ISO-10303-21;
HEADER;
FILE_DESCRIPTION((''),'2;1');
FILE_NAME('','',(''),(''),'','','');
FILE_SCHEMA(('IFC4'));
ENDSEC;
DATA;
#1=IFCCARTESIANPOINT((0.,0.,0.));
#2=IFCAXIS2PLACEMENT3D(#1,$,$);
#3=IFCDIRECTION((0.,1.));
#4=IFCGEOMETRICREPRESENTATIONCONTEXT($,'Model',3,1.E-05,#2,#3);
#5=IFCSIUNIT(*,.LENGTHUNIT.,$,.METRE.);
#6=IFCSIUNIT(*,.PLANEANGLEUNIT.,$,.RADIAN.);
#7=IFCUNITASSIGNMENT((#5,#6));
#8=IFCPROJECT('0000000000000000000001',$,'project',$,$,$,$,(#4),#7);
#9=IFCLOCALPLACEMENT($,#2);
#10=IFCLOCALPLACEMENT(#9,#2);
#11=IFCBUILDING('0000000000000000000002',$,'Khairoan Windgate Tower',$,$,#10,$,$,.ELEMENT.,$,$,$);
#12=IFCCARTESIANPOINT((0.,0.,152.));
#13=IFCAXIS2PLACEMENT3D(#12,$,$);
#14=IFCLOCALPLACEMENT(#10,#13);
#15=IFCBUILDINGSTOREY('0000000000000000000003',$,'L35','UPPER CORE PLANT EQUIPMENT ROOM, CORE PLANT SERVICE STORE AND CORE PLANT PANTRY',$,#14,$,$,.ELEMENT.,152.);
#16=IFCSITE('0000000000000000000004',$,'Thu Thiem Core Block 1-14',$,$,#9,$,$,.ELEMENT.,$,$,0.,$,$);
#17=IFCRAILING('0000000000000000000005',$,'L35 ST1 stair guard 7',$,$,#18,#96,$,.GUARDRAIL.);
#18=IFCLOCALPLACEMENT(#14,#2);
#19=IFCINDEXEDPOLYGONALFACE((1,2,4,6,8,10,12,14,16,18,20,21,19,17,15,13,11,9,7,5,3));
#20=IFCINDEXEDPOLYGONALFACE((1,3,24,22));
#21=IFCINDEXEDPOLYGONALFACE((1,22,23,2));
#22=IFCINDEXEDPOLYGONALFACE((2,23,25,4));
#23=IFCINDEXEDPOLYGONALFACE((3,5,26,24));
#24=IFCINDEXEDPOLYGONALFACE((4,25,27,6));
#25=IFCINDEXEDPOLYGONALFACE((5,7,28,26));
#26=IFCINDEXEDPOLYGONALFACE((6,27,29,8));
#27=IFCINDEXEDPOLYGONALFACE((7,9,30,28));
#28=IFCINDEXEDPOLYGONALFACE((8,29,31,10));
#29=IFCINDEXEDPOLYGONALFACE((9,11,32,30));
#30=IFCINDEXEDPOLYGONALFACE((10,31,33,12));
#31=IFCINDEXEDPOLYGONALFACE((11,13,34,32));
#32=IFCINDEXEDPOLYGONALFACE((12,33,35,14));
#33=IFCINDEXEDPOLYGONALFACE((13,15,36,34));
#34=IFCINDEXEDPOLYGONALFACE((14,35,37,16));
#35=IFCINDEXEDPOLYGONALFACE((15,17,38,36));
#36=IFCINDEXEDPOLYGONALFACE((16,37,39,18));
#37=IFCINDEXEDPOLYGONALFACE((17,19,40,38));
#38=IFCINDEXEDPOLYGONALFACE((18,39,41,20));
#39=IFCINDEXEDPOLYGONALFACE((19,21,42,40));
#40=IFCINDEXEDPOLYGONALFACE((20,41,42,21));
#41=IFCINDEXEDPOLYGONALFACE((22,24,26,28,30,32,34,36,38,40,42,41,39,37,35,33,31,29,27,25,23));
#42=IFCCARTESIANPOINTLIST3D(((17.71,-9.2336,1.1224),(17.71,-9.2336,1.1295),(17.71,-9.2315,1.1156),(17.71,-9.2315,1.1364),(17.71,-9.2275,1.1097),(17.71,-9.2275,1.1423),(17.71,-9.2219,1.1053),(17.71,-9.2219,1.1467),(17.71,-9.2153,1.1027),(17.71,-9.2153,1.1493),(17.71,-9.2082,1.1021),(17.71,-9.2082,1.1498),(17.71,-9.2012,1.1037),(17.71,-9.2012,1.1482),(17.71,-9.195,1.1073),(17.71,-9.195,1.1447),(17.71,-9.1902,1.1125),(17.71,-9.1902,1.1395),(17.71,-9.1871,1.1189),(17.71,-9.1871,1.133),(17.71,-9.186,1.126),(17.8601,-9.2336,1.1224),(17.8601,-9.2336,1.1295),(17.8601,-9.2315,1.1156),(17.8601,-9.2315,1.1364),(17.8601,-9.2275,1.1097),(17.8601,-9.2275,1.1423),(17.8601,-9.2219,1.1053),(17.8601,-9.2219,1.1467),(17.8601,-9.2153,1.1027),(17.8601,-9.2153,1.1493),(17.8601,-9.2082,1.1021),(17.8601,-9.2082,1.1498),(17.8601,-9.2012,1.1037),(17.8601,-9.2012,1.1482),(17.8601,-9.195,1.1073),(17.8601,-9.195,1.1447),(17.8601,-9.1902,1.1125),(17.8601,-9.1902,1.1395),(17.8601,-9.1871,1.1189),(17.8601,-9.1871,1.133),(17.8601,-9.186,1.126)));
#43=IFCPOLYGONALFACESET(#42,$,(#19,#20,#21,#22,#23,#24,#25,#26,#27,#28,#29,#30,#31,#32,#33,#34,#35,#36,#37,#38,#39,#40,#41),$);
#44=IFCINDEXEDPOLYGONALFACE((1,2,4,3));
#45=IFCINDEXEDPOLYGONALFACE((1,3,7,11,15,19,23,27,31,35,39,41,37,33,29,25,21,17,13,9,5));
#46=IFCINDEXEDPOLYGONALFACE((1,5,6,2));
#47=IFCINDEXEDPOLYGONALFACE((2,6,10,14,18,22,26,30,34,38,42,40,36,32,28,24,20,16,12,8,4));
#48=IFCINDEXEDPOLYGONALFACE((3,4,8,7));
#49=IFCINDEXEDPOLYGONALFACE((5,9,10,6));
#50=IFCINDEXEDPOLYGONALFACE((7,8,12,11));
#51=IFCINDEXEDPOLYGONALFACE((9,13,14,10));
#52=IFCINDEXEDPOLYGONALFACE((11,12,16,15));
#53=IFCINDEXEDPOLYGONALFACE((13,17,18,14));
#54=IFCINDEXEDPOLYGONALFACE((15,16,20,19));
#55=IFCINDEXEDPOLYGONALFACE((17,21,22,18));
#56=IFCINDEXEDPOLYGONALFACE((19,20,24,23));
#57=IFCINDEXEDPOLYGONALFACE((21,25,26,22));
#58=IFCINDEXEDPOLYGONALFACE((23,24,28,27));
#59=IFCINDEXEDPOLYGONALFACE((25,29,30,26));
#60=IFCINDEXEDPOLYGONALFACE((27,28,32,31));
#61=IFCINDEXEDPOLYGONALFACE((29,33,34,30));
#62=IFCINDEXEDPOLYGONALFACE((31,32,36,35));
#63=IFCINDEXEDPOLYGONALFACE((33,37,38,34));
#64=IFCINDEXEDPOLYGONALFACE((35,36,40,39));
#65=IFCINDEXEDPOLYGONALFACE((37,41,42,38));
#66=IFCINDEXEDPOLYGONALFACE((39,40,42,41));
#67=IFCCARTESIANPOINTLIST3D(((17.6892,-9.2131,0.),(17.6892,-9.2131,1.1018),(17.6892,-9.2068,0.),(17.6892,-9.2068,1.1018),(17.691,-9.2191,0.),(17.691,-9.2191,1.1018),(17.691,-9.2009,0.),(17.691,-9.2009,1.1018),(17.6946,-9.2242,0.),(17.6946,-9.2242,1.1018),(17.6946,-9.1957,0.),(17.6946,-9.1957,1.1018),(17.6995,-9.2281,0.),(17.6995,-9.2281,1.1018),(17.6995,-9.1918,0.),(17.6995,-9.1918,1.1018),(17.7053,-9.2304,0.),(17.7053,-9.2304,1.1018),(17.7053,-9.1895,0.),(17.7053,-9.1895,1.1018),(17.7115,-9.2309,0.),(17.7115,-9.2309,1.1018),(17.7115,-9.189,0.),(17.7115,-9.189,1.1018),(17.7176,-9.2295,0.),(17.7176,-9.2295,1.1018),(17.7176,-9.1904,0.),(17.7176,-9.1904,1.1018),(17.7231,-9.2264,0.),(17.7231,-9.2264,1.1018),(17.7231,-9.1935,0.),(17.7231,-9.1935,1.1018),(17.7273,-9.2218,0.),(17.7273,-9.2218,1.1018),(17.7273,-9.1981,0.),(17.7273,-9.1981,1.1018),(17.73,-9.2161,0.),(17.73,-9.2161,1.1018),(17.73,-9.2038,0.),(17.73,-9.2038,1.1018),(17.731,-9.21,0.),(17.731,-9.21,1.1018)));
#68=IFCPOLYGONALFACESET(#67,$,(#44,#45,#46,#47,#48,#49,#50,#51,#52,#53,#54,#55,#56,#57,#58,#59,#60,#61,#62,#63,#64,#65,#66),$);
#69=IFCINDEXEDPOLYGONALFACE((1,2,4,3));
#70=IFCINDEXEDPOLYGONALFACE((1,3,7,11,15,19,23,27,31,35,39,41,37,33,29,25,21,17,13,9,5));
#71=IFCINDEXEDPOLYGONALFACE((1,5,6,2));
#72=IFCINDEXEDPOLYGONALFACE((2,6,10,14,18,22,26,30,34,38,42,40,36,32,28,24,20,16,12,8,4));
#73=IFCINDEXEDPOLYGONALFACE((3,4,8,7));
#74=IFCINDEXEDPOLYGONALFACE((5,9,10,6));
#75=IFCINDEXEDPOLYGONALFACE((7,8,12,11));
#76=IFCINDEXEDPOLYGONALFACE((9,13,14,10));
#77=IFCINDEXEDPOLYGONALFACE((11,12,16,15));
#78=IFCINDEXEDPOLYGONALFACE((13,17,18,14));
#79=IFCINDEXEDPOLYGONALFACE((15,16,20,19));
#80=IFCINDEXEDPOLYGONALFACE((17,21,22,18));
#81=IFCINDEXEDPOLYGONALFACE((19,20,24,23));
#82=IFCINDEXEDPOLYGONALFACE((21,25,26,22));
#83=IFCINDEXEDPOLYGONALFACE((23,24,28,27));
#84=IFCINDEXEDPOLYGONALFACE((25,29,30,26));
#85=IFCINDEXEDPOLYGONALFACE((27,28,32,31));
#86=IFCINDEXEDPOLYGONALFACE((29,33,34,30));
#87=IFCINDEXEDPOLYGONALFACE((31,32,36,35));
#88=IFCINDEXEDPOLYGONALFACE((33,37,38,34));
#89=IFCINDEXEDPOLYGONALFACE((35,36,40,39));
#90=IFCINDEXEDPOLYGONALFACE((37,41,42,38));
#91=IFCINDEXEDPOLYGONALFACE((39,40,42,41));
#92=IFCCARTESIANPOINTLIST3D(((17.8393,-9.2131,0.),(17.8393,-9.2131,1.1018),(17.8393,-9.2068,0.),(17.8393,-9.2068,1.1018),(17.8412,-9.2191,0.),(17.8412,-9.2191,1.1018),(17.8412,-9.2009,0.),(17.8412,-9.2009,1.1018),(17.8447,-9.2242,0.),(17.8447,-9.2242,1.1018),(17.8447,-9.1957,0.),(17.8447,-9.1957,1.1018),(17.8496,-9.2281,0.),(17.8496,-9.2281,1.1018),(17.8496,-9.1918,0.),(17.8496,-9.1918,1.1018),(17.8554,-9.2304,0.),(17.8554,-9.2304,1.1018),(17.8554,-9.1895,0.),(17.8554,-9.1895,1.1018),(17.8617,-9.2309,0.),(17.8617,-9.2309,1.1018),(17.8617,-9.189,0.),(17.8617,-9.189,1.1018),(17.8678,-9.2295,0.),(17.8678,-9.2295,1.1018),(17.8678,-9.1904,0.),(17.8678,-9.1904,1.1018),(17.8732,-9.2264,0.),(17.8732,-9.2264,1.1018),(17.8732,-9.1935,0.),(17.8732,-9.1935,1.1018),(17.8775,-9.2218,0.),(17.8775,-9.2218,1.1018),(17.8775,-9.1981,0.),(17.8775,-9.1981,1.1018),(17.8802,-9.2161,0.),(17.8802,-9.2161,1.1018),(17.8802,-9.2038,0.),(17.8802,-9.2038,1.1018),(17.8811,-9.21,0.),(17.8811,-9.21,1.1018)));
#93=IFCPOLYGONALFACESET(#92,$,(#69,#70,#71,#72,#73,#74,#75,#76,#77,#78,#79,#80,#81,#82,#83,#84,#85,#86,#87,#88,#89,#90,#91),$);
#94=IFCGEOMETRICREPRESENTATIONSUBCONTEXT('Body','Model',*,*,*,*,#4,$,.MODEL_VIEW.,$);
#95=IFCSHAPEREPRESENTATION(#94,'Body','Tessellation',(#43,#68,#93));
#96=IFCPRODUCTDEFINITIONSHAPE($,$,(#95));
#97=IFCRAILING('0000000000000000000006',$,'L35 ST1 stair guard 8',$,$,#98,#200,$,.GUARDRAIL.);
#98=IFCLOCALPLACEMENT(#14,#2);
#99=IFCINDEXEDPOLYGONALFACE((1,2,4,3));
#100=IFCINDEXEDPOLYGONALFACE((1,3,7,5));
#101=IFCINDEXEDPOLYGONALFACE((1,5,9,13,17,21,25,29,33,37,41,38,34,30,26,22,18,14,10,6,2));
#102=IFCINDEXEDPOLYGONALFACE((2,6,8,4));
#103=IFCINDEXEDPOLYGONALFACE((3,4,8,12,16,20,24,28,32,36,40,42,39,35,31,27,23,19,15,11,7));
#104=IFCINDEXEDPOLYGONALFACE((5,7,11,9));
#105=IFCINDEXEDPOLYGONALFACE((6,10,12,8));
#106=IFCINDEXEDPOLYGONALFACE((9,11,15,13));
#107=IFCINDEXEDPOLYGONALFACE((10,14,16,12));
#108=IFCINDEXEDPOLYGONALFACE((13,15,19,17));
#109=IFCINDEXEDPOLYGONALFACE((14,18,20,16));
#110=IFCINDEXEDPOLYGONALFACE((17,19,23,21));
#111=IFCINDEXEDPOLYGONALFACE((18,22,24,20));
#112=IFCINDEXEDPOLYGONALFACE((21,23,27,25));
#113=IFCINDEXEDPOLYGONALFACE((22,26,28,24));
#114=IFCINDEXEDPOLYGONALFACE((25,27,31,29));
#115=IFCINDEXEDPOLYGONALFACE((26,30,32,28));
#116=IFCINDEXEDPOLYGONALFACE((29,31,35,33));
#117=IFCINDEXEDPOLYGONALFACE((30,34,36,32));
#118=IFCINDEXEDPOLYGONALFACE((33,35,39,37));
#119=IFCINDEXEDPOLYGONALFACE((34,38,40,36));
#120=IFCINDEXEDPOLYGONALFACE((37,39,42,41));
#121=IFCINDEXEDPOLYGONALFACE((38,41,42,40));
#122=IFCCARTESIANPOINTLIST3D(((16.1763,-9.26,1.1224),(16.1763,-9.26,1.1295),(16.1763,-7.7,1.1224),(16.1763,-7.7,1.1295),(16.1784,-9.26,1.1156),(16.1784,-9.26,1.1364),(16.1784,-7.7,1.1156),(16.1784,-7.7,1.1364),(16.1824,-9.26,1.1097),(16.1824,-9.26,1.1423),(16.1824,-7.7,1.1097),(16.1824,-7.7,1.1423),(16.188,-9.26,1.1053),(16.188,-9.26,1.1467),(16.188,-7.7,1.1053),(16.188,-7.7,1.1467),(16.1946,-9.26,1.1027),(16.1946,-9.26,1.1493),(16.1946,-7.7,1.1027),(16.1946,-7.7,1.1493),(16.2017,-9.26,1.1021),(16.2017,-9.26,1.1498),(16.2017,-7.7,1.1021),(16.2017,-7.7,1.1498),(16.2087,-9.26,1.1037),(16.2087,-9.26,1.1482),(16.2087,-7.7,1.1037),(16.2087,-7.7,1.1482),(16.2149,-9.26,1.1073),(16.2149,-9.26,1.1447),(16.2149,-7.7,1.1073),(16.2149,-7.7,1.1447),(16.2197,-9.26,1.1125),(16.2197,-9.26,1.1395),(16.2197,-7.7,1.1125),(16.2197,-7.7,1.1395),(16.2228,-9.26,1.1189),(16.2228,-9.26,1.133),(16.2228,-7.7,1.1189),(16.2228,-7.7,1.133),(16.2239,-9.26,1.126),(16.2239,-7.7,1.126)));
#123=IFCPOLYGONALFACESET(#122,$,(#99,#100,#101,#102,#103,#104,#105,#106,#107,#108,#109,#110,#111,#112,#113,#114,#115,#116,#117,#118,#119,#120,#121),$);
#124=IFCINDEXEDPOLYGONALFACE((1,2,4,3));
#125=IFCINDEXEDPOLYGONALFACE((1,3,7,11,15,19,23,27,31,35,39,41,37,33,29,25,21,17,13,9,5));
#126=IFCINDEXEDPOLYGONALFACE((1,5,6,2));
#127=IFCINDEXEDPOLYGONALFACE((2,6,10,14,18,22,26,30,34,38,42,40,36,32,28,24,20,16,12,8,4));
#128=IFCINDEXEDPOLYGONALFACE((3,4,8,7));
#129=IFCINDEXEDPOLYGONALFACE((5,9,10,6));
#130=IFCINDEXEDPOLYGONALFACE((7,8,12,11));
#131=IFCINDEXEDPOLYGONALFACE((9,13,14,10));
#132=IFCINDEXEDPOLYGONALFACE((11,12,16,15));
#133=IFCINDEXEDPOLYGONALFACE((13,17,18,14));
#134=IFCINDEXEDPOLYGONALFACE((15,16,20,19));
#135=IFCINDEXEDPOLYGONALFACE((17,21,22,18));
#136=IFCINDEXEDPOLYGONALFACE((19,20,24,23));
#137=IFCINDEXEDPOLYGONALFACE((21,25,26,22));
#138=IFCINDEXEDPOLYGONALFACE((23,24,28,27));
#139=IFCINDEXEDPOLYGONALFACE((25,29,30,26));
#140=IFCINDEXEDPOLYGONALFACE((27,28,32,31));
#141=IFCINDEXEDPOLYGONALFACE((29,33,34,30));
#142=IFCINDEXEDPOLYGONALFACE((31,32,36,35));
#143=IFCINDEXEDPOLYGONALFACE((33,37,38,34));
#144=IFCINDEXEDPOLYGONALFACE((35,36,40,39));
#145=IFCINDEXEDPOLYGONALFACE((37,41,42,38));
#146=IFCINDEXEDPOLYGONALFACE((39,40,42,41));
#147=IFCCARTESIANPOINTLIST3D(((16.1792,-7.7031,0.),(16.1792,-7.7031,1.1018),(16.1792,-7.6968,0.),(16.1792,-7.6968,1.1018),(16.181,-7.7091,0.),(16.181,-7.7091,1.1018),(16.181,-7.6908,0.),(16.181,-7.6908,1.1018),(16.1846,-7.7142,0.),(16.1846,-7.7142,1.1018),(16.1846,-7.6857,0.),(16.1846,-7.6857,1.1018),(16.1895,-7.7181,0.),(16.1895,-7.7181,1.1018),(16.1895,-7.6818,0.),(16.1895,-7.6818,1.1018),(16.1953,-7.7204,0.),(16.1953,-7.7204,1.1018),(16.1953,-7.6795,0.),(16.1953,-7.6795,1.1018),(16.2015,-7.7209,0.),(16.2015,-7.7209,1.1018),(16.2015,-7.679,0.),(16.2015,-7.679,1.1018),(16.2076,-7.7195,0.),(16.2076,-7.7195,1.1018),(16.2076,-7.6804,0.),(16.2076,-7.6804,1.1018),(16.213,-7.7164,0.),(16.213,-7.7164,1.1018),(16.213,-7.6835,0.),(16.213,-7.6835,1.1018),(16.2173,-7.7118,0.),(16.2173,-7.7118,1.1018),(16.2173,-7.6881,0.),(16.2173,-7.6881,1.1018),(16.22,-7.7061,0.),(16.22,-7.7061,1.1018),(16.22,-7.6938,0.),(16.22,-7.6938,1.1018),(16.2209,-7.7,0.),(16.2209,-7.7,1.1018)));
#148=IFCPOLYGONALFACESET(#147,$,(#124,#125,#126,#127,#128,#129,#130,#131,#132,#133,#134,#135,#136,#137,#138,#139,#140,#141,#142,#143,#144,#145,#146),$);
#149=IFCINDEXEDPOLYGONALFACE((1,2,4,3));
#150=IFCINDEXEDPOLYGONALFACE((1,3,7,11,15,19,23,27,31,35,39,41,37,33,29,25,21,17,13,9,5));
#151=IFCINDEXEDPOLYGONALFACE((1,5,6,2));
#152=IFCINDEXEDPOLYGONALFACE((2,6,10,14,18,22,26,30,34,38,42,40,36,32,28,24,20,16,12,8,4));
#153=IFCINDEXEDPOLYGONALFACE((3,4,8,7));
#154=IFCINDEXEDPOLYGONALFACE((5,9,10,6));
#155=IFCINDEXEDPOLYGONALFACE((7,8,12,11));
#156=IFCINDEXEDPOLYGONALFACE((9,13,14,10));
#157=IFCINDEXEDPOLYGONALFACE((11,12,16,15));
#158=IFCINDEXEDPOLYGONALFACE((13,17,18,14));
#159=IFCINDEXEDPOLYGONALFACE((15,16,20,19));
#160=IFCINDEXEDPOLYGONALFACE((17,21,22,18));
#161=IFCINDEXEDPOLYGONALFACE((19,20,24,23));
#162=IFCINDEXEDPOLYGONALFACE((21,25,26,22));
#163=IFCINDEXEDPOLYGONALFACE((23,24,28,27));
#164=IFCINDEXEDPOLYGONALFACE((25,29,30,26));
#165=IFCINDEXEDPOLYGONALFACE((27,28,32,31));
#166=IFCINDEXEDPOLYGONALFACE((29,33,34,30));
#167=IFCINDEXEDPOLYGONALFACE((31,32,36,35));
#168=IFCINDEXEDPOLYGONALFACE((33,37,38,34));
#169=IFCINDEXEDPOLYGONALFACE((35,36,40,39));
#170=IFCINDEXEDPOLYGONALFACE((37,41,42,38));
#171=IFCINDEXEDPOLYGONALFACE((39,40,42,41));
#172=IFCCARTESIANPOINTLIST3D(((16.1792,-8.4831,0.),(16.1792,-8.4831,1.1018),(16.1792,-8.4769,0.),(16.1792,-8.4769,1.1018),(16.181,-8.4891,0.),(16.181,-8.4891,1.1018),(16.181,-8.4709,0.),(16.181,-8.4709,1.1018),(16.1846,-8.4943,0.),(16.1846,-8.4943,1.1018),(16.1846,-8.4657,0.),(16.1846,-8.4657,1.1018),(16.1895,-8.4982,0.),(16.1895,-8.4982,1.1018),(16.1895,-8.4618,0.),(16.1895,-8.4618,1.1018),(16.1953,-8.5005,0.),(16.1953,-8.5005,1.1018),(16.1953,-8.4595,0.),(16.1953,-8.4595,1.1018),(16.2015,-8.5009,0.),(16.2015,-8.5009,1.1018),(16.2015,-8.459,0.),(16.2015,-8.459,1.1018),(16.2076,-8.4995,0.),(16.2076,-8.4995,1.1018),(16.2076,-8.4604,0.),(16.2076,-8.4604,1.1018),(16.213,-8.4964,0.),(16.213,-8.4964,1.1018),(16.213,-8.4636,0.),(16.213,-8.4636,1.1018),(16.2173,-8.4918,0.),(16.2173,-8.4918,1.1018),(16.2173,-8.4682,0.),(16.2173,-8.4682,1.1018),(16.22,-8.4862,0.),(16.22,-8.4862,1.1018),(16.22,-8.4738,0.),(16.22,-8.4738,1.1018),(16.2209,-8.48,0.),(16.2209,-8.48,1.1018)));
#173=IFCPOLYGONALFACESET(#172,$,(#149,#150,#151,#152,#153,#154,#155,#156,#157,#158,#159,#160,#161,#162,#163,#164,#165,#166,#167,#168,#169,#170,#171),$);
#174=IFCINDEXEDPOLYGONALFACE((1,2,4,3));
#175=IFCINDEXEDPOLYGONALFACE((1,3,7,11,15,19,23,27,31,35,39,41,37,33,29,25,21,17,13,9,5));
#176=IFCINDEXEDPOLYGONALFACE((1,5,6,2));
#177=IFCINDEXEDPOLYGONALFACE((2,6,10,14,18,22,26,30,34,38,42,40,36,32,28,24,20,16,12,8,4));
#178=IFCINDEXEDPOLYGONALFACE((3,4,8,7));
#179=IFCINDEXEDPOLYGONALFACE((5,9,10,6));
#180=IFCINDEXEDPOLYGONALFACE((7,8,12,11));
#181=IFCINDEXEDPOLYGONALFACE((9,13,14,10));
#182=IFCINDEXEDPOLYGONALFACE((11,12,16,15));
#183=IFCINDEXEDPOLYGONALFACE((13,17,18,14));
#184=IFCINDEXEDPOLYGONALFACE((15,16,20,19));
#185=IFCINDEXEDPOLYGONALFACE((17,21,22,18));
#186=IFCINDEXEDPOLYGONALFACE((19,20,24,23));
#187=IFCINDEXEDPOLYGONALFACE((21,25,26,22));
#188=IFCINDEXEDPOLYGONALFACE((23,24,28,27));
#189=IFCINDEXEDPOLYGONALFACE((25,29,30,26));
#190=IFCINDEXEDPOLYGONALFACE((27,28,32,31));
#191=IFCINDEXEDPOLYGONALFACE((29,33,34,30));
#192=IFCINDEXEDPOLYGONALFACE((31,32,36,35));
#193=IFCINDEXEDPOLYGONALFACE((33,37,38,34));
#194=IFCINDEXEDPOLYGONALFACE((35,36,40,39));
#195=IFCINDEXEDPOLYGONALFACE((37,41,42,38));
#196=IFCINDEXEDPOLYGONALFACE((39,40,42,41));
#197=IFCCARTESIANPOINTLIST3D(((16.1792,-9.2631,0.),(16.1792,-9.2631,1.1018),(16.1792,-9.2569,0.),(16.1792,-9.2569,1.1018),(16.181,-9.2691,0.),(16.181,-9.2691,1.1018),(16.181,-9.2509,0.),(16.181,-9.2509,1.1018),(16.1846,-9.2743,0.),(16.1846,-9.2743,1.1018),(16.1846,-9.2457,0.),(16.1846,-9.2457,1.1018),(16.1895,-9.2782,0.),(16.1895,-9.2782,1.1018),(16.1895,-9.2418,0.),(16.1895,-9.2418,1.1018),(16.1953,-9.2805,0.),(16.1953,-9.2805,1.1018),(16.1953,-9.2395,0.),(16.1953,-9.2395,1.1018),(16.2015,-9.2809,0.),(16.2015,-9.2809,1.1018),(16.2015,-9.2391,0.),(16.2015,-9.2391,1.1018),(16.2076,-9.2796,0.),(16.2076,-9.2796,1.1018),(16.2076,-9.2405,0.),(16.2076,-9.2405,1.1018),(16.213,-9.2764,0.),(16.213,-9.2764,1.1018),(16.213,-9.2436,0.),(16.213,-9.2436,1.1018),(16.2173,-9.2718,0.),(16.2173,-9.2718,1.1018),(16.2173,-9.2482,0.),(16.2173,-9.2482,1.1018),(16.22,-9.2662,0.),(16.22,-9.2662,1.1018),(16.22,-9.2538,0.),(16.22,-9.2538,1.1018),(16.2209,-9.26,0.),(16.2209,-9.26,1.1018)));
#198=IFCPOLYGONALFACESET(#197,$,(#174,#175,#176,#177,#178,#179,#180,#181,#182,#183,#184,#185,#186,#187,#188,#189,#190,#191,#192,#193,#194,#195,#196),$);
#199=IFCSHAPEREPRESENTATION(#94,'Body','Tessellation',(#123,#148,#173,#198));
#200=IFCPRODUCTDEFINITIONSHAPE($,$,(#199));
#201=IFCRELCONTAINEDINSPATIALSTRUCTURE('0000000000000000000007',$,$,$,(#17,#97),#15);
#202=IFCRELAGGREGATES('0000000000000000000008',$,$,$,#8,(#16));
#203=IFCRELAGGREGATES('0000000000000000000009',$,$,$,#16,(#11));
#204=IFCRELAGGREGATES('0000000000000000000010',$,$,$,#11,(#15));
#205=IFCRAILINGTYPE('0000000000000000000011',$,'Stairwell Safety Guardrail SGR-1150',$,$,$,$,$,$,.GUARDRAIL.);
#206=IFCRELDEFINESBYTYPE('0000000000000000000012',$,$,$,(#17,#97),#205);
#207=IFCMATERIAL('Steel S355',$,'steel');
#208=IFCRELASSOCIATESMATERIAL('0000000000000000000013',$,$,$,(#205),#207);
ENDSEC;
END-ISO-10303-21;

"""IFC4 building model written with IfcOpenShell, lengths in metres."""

from ifc_helpers import new_model, si_unit, direction, frame, origin, origin_2d, place, context, subcontext, project, spatial, circle, extrude, material, type_object, element, save


model = new_model("IFC4")

# Units and contexts
model_context = context("Model", 3, precision=1e-05, world=origin(), true_north=direction((0.0, 1.0)))
body_context = subcontext(model_context, "Body", "Model", "MODEL_VIEW")
ifc_project = project(units=[si_unit("LENGTHUNIT", "METRE"), si_unit("PLANEANGLEUNIT", "RADIAN")], contexts=[model_context])

# Site, building, storey
site_placement = place(None, origin())
site = spatial("IfcSite", under=ifc_project, at=site_placement, Name="Thu Thiem Core Block 1-14", CompositionType="ELEMENT", RefElevation=0.0)
building_placement = place(site_placement, origin())
building = spatial("IfcBuilding", under=site, at=building_placement, Name="Khairoan Windgate Tower", CompositionType="ELEMENT")
storey_placement = place(building_placement, frame((0.0, 0.0, 152.0)))
storey = spatial("IfcBuildingStorey", under=building, at=storey_placement, Name="L35", Description="UPPER CORE PLANT EQUIPMENT ROOM, CORE PLANT SERVICE STORE AND CORE PLANT PANTRY", CompositionType="ELEMENT", Elevation=152.0)

# Railings
ifc_material_1 = material(Name="Steel S355", Category="steel")
railing_type_1 = type_object("IfcRailingType", Name="Stairwell Safety Guardrail SGR-1150", PredefinedType="GUARDRAIL", material=ifc_material_1)
railing_1_placement = place(storey_placement, frame((17.71, -9.21, 0.0)))
element("IfcRailing", 1, at=railing_1_placement, inside=storey, type_object=railing_type_1, Name="L35 ST1 stair guard 7", PredefinedType="GUARDRAIL", context=body_context, shape_type="SweptSolid", body=[
    extrude(circle(Radius=0.0239, at=origin_2d()), frame((0.0, 0.0, 1.126), z_axis=(1.0, 0.0, 0.0), x_axis=(0.0, 1.0, 0.0)), (0.0, 0.0, 1.0), 0.1501),
    extrude(circle(Radius=0.021, at=origin_2d()), origin(), (0.0, 0.0, 1.0), 1.1018),
    extrude(circle(Radius=0.021, at=origin_2d()), frame((0.1501, 0.0, 0.0)), (0.0, 0.0, 1.0), 1.1018),
])
for number, where, name in (
    (2, (16.2, -7.7, 0.0), "L35 ST1 stair guard 8"),
):
    element("IfcRailing", number, at=place(storey_placement, frame(where)), inside=storey, type_object=railing_type_1, Name=name, PredefinedType="GUARDRAIL", context=body_context, shape_type="SweptSolid", body=[
        extrude(circle(Radius=0.0239, at=origin_2d()), frame((0.0, 0.0, 1.126), z_axis=(0.0, -1.0, 0.0), x_axis=(1.0, 0.0, 0.0)), (0.0, 0.0, 1.0), 1.5601),
        extrude(circle(Radius=0.021, at=origin_2d()), origin(), (0.0, 0.0, 1.0), 1.1018),
        extrude(circle(Radius=0.021, at=origin_2d()), frame((0.0, -0.78, 0.0)), (0.0, 0.0, 1.0), 1.1018),
        extrude(circle(Radius=0.021, at=origin_2d()), frame((0.0, -1.5601, 0.0)), (0.0, 0.0, 1.0), 1.1018),
    ])

save(model, "model.ifc")
